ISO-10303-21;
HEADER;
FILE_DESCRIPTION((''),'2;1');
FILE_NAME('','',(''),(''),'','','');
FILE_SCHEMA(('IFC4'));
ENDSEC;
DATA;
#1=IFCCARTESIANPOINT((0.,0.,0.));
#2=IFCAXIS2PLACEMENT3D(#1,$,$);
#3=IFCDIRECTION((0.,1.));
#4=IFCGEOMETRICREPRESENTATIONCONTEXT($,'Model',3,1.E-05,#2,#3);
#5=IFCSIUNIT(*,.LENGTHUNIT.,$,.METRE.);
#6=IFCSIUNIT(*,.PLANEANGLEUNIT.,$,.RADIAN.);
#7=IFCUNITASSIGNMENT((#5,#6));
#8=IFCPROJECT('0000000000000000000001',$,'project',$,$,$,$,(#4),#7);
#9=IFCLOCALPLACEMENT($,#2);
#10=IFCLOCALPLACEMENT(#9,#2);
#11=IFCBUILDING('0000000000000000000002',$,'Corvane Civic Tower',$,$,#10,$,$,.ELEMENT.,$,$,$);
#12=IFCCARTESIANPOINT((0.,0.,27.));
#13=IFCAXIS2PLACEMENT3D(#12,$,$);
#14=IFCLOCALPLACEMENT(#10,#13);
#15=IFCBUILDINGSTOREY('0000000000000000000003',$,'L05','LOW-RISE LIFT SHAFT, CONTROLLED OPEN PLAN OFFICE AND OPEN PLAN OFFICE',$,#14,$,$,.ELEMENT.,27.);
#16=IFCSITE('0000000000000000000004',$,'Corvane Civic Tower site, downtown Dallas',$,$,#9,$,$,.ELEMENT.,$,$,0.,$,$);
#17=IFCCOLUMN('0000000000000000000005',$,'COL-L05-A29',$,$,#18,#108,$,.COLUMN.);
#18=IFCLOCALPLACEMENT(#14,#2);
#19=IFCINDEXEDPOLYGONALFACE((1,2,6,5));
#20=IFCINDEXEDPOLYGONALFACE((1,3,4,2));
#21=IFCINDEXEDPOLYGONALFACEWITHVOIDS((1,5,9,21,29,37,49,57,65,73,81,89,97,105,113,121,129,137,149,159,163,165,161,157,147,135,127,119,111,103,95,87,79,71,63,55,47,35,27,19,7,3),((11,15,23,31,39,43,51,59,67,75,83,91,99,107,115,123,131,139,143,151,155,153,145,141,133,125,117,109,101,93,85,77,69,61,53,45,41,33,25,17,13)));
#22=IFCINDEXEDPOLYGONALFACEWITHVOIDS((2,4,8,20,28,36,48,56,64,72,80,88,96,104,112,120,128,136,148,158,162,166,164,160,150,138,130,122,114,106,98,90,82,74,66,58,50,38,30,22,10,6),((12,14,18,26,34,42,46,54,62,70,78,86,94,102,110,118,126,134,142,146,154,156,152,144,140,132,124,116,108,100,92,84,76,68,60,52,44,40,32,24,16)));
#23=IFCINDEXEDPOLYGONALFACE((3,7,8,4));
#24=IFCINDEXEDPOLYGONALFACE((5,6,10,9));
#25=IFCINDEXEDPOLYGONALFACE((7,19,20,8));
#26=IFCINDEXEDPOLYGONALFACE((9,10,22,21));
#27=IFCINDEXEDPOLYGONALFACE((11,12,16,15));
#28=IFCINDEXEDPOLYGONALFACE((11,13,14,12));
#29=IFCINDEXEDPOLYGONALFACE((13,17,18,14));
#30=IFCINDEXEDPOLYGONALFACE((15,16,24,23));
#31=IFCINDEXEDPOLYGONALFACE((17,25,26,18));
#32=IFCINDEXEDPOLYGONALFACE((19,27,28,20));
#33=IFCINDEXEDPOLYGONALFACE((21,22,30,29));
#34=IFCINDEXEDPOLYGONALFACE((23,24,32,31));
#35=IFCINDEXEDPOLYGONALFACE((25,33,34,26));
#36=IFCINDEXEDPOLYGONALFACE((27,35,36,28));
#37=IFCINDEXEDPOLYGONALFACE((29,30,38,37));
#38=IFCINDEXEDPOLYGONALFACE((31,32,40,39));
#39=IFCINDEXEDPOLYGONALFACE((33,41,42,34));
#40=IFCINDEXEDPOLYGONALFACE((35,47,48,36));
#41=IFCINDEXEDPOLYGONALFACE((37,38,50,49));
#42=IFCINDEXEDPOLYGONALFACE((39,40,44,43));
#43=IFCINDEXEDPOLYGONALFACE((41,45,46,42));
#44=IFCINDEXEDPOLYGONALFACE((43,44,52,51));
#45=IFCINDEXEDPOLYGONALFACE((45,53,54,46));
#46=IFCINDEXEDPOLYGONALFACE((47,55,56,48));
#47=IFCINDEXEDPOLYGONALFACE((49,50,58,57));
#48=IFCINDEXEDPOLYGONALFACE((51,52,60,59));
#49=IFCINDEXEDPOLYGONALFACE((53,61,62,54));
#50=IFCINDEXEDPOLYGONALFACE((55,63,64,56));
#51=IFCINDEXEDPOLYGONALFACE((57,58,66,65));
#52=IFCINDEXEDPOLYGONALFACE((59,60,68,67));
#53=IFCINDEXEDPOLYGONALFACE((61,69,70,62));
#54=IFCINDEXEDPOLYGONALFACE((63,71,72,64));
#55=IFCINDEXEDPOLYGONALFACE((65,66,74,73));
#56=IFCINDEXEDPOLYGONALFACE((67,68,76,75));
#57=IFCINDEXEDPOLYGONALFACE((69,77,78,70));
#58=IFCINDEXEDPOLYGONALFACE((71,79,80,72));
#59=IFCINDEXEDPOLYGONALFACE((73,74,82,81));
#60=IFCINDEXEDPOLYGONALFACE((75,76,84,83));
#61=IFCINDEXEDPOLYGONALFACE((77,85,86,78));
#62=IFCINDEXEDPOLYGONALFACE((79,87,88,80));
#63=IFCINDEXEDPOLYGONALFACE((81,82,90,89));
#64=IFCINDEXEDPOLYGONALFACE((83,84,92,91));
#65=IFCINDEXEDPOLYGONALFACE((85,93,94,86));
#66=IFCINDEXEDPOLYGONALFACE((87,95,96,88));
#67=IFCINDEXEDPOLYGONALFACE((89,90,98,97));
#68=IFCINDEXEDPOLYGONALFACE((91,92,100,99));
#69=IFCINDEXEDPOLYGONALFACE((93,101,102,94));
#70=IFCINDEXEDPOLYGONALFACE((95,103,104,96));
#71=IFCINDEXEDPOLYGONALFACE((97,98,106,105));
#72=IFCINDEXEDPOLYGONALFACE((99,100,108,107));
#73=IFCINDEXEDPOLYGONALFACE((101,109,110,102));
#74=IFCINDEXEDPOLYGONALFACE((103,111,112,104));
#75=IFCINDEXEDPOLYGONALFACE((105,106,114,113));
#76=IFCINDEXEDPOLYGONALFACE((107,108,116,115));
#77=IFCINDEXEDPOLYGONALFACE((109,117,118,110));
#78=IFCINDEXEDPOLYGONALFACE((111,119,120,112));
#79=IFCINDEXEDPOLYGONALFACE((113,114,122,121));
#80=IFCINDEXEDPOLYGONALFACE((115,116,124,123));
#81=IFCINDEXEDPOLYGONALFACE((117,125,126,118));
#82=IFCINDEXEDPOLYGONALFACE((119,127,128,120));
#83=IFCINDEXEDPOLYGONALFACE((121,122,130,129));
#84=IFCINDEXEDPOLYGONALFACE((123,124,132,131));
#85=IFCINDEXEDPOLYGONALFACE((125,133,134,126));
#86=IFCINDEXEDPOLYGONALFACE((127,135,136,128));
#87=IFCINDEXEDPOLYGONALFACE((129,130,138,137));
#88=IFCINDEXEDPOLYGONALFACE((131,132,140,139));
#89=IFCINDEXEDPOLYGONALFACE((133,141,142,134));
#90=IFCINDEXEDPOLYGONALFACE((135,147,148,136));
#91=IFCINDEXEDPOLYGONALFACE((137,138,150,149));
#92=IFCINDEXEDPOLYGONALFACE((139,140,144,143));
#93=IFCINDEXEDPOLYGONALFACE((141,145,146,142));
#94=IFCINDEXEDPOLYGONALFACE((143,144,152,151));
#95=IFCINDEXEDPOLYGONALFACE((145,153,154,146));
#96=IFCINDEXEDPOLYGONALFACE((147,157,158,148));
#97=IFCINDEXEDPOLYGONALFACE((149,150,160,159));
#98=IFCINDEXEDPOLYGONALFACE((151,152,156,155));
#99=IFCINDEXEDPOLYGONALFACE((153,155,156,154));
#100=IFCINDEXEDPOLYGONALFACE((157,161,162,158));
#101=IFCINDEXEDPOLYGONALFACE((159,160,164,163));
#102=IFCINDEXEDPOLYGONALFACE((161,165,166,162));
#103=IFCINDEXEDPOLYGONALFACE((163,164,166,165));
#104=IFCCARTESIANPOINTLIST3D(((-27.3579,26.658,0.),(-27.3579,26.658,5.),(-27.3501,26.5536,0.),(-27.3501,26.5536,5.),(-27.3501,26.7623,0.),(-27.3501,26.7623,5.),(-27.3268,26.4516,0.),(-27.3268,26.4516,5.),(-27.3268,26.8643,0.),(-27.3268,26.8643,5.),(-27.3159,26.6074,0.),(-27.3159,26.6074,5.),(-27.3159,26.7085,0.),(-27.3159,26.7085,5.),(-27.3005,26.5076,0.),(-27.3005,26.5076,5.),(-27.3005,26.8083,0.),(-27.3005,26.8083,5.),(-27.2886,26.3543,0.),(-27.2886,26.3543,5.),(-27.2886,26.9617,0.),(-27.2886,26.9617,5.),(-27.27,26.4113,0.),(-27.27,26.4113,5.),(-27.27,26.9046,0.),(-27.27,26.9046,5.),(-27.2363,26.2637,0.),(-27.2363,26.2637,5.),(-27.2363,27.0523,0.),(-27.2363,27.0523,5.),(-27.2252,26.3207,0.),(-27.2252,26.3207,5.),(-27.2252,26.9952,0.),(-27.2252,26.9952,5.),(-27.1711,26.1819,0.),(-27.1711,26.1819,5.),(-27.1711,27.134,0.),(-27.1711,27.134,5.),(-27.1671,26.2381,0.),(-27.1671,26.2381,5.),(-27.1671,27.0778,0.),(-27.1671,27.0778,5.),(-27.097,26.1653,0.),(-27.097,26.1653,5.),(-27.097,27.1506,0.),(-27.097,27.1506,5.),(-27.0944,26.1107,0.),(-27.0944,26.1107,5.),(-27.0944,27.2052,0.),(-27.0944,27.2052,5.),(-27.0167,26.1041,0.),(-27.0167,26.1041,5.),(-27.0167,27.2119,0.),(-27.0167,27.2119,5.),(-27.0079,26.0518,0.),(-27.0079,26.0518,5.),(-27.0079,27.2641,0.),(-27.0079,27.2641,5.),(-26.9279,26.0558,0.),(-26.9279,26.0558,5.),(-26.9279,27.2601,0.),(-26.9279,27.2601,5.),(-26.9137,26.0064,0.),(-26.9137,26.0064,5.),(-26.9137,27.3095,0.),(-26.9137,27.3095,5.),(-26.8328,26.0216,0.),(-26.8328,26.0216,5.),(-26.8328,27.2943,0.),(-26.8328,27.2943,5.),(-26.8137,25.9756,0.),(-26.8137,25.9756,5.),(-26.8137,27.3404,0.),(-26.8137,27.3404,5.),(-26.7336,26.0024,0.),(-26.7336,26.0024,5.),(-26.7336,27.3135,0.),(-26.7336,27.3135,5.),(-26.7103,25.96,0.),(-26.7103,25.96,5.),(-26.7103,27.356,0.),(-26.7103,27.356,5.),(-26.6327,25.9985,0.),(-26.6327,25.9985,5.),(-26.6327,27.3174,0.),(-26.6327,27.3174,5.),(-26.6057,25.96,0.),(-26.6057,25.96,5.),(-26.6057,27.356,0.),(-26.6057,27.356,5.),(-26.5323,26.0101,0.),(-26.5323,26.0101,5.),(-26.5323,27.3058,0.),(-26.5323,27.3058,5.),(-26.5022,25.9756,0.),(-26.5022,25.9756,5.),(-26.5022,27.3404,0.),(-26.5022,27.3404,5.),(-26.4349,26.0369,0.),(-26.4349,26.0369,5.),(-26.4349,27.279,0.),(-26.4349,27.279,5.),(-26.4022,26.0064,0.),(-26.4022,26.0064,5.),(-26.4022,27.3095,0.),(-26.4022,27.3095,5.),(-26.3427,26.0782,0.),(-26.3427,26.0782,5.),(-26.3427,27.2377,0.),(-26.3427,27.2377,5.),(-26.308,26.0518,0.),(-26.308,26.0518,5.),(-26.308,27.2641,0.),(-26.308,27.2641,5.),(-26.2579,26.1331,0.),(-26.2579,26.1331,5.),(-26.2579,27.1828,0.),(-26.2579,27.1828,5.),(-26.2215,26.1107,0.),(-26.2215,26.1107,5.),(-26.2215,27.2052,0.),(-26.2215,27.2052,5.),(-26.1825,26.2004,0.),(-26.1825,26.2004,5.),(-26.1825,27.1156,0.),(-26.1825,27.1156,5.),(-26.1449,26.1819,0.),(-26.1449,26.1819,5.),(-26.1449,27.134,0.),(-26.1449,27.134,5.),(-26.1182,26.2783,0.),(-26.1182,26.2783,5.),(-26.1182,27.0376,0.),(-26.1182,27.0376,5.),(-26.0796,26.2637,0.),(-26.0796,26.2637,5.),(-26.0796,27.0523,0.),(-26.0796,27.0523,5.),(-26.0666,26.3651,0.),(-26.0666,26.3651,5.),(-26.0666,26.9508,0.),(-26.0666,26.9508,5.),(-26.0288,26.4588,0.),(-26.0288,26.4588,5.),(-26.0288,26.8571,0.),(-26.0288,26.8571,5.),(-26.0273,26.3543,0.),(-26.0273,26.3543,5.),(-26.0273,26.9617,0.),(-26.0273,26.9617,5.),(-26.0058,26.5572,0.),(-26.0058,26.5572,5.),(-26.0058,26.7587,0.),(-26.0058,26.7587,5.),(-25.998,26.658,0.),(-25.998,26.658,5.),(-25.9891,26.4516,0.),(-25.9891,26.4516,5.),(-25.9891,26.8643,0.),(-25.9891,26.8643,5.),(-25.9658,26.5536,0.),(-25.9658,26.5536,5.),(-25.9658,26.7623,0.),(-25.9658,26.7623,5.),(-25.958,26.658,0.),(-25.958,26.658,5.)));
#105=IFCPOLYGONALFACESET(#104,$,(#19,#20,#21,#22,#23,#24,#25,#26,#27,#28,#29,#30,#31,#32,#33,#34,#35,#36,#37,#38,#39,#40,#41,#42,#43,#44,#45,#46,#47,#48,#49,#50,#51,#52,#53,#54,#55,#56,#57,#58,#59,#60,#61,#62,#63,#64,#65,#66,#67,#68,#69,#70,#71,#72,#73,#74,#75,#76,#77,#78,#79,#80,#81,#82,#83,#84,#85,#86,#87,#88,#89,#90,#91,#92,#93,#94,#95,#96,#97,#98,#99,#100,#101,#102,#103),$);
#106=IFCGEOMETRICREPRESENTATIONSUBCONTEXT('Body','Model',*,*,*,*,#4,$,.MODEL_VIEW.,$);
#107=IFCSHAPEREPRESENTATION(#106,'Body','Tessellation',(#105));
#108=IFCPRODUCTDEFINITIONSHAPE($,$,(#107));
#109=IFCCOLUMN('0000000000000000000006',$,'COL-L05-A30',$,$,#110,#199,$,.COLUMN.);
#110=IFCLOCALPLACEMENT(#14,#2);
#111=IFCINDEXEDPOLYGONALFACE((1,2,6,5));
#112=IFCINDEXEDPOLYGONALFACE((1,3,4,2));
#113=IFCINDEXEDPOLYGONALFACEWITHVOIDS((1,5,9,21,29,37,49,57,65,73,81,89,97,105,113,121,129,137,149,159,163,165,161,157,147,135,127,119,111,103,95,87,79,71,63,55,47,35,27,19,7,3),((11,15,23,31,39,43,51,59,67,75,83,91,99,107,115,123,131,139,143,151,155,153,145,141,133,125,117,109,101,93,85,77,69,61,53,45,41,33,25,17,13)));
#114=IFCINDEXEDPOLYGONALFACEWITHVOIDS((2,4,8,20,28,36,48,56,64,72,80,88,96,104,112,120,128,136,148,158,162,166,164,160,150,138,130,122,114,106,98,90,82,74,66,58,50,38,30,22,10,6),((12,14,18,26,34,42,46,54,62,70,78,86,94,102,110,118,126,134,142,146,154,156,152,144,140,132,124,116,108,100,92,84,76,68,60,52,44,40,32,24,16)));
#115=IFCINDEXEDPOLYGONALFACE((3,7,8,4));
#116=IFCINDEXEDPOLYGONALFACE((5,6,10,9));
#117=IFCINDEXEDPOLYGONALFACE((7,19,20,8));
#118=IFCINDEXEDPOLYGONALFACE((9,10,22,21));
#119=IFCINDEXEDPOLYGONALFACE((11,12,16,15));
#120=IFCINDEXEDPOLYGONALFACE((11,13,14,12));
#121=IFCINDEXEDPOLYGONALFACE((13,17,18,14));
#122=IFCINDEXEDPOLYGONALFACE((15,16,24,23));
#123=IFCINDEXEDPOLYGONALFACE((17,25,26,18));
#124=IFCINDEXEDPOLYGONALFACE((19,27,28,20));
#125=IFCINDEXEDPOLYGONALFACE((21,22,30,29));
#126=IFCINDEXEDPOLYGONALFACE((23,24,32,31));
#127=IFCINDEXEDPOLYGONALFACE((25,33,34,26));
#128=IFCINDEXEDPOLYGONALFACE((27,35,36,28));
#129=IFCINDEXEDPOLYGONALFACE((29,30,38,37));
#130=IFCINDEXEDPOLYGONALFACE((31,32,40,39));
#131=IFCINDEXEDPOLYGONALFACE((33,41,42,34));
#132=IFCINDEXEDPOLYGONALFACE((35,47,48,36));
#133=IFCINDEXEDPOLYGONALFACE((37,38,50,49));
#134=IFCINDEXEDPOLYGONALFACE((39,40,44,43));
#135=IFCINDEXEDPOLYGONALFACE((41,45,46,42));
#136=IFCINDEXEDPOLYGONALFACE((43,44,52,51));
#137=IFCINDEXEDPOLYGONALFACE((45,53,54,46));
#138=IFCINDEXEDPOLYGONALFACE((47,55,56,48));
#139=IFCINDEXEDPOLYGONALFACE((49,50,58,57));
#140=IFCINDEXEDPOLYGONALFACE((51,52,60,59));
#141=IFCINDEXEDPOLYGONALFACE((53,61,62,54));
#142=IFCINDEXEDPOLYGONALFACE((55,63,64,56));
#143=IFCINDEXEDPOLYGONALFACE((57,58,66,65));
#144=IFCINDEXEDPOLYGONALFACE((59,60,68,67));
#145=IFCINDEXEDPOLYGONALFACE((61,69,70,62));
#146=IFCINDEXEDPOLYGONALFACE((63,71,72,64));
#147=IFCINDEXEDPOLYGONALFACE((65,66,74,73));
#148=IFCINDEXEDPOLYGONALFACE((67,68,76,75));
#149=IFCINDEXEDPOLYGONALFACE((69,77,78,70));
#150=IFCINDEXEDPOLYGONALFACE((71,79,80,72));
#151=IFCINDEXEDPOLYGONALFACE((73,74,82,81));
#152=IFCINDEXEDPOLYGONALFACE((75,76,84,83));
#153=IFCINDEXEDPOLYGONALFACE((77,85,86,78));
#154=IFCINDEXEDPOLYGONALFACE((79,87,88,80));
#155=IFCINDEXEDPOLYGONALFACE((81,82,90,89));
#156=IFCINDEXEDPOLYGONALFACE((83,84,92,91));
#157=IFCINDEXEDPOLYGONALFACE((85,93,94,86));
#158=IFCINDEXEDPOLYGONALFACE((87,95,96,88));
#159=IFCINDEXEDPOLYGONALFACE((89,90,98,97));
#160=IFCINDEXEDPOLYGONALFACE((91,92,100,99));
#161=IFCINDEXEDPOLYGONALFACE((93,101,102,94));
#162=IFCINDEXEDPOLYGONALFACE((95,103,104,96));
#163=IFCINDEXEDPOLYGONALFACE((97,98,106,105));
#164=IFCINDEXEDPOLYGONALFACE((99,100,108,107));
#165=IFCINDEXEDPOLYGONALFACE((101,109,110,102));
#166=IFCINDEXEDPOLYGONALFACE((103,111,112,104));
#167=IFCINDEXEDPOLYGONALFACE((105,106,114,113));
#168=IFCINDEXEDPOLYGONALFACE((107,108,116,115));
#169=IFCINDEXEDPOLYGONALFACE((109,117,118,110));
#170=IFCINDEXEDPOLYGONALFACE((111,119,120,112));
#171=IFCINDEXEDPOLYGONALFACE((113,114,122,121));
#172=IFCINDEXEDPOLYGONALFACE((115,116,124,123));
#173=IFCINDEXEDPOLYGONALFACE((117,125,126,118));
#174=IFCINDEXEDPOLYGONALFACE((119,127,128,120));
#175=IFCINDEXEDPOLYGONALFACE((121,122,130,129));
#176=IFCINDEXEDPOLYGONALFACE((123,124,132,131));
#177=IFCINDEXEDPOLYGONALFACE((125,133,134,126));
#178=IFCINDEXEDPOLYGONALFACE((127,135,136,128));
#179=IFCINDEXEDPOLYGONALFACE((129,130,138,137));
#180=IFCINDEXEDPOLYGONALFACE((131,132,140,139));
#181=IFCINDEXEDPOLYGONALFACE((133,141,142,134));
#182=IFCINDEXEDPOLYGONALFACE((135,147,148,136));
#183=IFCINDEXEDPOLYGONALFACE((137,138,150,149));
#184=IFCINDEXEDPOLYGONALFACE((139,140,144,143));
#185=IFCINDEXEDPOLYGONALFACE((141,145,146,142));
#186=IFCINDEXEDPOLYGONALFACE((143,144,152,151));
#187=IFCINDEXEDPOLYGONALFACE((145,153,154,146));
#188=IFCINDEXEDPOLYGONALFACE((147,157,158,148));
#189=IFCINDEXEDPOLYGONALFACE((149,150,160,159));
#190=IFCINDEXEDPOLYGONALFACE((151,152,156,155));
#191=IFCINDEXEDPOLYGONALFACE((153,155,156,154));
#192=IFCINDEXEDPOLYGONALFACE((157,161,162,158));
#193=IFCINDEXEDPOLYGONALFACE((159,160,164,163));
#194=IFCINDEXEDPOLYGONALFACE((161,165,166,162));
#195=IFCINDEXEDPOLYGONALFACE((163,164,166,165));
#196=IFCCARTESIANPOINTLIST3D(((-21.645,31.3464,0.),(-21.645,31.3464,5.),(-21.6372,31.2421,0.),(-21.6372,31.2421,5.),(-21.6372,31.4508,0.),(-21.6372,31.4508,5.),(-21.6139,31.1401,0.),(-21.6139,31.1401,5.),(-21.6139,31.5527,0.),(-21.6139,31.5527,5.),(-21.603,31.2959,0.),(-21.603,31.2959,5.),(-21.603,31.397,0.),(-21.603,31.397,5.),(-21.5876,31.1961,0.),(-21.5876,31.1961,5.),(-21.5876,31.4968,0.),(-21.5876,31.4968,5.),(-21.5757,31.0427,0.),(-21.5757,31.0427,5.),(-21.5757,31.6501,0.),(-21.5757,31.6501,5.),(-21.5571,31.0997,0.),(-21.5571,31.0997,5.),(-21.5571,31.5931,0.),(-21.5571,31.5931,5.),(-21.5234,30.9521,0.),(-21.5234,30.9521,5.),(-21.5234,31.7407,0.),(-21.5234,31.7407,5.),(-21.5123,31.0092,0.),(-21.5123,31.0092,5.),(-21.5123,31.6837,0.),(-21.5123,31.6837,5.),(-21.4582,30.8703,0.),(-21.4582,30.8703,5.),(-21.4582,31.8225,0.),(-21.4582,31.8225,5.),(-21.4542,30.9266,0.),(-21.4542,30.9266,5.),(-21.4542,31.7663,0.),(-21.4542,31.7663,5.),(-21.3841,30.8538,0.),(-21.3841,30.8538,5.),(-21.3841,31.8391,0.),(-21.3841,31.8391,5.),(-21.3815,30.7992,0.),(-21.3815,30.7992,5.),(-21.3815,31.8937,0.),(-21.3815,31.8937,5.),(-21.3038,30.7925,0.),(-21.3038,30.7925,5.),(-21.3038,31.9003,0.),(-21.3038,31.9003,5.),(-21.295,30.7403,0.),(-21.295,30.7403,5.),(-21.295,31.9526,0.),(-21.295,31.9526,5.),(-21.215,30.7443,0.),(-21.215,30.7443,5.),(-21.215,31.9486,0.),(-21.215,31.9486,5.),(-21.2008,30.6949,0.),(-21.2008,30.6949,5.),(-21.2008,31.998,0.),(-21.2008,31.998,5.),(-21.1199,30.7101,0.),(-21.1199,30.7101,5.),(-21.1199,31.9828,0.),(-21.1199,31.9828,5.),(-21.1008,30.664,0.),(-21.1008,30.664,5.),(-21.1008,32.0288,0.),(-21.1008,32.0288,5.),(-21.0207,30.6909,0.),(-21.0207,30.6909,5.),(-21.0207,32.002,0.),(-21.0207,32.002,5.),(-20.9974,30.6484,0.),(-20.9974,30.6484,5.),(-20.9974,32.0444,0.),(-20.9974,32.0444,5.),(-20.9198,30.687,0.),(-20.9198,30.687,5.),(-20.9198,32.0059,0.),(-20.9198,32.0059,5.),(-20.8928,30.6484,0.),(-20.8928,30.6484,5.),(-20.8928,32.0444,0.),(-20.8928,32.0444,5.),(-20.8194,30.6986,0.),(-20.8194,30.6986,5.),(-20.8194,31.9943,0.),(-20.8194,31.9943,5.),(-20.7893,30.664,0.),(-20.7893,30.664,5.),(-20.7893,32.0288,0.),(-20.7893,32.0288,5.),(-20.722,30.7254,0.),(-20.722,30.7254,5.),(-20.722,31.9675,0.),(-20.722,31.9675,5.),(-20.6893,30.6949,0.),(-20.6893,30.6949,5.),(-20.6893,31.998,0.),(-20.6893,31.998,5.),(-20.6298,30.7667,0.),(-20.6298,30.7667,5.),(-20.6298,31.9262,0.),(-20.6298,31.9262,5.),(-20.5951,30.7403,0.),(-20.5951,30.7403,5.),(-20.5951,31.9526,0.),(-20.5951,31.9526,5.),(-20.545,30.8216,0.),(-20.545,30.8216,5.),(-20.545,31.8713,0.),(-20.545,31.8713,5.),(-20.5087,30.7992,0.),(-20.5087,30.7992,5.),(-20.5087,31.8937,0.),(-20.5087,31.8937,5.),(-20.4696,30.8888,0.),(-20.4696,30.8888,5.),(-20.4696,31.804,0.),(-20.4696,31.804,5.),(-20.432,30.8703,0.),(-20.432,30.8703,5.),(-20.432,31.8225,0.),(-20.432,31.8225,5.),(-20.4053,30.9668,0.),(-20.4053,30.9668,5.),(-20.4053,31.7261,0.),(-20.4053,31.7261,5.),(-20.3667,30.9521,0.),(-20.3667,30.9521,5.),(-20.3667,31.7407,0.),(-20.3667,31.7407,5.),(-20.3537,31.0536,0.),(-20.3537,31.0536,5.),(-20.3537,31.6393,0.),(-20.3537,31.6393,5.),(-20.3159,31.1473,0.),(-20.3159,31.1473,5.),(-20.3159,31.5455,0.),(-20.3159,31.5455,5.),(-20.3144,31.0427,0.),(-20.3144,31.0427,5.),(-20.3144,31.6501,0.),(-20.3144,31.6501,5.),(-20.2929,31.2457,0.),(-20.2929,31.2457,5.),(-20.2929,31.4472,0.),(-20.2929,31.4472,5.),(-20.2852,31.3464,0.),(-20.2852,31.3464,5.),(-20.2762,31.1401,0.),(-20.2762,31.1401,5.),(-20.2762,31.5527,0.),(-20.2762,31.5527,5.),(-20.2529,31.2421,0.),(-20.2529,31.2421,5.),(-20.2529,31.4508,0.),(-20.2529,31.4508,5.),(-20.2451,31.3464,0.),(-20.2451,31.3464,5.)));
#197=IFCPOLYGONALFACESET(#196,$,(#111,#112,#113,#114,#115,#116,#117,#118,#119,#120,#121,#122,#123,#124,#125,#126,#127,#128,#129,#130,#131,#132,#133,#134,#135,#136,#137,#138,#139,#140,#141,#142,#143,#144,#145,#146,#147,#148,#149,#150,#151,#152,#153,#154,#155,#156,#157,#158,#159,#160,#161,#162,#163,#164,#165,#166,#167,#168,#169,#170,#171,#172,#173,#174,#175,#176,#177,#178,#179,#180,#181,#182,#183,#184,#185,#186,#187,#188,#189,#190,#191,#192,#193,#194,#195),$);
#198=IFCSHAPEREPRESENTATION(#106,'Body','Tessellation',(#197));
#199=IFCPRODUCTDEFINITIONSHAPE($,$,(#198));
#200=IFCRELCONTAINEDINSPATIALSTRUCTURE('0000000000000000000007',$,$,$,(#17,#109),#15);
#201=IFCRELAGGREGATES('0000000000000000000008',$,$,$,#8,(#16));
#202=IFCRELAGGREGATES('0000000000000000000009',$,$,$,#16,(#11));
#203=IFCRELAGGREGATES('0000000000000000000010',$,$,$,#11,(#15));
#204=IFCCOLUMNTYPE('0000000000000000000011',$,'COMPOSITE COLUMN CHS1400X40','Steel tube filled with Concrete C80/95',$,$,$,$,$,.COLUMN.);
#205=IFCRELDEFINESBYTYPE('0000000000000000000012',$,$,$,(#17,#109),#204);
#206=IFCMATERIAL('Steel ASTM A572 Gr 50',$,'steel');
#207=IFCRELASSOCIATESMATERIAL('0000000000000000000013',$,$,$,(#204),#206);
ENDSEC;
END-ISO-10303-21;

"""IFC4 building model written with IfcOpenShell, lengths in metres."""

from ifc_helpers import new_model, si_unit, direction, frame, origin, origin_2d, place, context, subcontext, project, spatial, hollow_circle, extrude, material, material_profile, profile_set, type_object, element, save


model = new_model("IFC4")

# Units and contexts
model_context = context("Model", 3, precision=1e-05, world=origin(), true_north=direction((0.0, 1.0)))
body_context = subcontext(model_context, "Body", "Model", "MODEL_VIEW")
ifc_project = project(units=[si_unit("LENGTHUNIT", "METRE"), si_unit("PLANEANGLEUNIT", "RADIAN")], contexts=[model_context])

# Site, building, storey
site_placement = place(None, origin())
site = spatial("IfcSite", under=ifc_project, at=site_placement, Name="Corvane Civic Tower site, downtown Dallas", CompositionType="ELEMENT", RefElevation=0.0)
building_placement = place(site_placement, origin())
building = spatial("IfcBuilding", under=site, at=building_placement, Name="Corvane Civic Tower", CompositionType="ELEMENT")
storey_placement = place(building_placement, frame((0.0, 0.0, 27.0)))
storey = spatial("IfcBuildingStorey", under=building, at=storey_placement, Name="L05", Description="LOW-RISE LIFT SHAFT, CONTROLLED OPEN PLAN OFFICE AND OPEN PLAN OFFICE", CompositionType="ELEMENT", Elevation=27.0)

# Columns
ifc_material_1 = material(Name="Steel ASTM A572 Gr 50", Category="steel")
ifc_material_profile_1 = material_profile(ifc_material_1, hollow_circle(Radius=0.7, WallThickness=0.04, at=origin_2d()), Name="CHS1400X40")
ifc_profile_set_1 = profile_set([ifc_material_profile_1], Name="Steel ASTM A572 Gr 50")
column_type_1 = type_object("IfcColumnType", Name="COMPOSITE COLUMN CHS1400X40", Description="Steel tube filled with Concrete C80/95", PredefinedType="COLUMN", material=ifc_profile_set_1)
for number, where, z_axis, x_axis, name in (
    (1, (-26.658, 26.658, 0.0), (0.0, 0.0, 1.0), (1.0, 0.0, 0.0), "COL-L05-A29"),
    (2, (-20.9451, 31.3464, 0.0), (0.0, 0.0, 1.0), (1.0, 0.0, 0.0), "COL-L05-A30"),
):
    element("IfcColumn", number, at=place(storey_placement, frame(where, z_axis=z_axis, x_axis=x_axis)), inside=storey, type_object=column_type_1, Name=name, PredefinedType="COLUMN", context=body_context, shape_type="SweptSolid", body=[
        extrude(hollow_circle(Radius=0.7, WallThickness=0.04, at=origin_2d()), origin(), (0.0, 0.0, 1.0), 5.0),
    ])

save(model, "model.ifc")
